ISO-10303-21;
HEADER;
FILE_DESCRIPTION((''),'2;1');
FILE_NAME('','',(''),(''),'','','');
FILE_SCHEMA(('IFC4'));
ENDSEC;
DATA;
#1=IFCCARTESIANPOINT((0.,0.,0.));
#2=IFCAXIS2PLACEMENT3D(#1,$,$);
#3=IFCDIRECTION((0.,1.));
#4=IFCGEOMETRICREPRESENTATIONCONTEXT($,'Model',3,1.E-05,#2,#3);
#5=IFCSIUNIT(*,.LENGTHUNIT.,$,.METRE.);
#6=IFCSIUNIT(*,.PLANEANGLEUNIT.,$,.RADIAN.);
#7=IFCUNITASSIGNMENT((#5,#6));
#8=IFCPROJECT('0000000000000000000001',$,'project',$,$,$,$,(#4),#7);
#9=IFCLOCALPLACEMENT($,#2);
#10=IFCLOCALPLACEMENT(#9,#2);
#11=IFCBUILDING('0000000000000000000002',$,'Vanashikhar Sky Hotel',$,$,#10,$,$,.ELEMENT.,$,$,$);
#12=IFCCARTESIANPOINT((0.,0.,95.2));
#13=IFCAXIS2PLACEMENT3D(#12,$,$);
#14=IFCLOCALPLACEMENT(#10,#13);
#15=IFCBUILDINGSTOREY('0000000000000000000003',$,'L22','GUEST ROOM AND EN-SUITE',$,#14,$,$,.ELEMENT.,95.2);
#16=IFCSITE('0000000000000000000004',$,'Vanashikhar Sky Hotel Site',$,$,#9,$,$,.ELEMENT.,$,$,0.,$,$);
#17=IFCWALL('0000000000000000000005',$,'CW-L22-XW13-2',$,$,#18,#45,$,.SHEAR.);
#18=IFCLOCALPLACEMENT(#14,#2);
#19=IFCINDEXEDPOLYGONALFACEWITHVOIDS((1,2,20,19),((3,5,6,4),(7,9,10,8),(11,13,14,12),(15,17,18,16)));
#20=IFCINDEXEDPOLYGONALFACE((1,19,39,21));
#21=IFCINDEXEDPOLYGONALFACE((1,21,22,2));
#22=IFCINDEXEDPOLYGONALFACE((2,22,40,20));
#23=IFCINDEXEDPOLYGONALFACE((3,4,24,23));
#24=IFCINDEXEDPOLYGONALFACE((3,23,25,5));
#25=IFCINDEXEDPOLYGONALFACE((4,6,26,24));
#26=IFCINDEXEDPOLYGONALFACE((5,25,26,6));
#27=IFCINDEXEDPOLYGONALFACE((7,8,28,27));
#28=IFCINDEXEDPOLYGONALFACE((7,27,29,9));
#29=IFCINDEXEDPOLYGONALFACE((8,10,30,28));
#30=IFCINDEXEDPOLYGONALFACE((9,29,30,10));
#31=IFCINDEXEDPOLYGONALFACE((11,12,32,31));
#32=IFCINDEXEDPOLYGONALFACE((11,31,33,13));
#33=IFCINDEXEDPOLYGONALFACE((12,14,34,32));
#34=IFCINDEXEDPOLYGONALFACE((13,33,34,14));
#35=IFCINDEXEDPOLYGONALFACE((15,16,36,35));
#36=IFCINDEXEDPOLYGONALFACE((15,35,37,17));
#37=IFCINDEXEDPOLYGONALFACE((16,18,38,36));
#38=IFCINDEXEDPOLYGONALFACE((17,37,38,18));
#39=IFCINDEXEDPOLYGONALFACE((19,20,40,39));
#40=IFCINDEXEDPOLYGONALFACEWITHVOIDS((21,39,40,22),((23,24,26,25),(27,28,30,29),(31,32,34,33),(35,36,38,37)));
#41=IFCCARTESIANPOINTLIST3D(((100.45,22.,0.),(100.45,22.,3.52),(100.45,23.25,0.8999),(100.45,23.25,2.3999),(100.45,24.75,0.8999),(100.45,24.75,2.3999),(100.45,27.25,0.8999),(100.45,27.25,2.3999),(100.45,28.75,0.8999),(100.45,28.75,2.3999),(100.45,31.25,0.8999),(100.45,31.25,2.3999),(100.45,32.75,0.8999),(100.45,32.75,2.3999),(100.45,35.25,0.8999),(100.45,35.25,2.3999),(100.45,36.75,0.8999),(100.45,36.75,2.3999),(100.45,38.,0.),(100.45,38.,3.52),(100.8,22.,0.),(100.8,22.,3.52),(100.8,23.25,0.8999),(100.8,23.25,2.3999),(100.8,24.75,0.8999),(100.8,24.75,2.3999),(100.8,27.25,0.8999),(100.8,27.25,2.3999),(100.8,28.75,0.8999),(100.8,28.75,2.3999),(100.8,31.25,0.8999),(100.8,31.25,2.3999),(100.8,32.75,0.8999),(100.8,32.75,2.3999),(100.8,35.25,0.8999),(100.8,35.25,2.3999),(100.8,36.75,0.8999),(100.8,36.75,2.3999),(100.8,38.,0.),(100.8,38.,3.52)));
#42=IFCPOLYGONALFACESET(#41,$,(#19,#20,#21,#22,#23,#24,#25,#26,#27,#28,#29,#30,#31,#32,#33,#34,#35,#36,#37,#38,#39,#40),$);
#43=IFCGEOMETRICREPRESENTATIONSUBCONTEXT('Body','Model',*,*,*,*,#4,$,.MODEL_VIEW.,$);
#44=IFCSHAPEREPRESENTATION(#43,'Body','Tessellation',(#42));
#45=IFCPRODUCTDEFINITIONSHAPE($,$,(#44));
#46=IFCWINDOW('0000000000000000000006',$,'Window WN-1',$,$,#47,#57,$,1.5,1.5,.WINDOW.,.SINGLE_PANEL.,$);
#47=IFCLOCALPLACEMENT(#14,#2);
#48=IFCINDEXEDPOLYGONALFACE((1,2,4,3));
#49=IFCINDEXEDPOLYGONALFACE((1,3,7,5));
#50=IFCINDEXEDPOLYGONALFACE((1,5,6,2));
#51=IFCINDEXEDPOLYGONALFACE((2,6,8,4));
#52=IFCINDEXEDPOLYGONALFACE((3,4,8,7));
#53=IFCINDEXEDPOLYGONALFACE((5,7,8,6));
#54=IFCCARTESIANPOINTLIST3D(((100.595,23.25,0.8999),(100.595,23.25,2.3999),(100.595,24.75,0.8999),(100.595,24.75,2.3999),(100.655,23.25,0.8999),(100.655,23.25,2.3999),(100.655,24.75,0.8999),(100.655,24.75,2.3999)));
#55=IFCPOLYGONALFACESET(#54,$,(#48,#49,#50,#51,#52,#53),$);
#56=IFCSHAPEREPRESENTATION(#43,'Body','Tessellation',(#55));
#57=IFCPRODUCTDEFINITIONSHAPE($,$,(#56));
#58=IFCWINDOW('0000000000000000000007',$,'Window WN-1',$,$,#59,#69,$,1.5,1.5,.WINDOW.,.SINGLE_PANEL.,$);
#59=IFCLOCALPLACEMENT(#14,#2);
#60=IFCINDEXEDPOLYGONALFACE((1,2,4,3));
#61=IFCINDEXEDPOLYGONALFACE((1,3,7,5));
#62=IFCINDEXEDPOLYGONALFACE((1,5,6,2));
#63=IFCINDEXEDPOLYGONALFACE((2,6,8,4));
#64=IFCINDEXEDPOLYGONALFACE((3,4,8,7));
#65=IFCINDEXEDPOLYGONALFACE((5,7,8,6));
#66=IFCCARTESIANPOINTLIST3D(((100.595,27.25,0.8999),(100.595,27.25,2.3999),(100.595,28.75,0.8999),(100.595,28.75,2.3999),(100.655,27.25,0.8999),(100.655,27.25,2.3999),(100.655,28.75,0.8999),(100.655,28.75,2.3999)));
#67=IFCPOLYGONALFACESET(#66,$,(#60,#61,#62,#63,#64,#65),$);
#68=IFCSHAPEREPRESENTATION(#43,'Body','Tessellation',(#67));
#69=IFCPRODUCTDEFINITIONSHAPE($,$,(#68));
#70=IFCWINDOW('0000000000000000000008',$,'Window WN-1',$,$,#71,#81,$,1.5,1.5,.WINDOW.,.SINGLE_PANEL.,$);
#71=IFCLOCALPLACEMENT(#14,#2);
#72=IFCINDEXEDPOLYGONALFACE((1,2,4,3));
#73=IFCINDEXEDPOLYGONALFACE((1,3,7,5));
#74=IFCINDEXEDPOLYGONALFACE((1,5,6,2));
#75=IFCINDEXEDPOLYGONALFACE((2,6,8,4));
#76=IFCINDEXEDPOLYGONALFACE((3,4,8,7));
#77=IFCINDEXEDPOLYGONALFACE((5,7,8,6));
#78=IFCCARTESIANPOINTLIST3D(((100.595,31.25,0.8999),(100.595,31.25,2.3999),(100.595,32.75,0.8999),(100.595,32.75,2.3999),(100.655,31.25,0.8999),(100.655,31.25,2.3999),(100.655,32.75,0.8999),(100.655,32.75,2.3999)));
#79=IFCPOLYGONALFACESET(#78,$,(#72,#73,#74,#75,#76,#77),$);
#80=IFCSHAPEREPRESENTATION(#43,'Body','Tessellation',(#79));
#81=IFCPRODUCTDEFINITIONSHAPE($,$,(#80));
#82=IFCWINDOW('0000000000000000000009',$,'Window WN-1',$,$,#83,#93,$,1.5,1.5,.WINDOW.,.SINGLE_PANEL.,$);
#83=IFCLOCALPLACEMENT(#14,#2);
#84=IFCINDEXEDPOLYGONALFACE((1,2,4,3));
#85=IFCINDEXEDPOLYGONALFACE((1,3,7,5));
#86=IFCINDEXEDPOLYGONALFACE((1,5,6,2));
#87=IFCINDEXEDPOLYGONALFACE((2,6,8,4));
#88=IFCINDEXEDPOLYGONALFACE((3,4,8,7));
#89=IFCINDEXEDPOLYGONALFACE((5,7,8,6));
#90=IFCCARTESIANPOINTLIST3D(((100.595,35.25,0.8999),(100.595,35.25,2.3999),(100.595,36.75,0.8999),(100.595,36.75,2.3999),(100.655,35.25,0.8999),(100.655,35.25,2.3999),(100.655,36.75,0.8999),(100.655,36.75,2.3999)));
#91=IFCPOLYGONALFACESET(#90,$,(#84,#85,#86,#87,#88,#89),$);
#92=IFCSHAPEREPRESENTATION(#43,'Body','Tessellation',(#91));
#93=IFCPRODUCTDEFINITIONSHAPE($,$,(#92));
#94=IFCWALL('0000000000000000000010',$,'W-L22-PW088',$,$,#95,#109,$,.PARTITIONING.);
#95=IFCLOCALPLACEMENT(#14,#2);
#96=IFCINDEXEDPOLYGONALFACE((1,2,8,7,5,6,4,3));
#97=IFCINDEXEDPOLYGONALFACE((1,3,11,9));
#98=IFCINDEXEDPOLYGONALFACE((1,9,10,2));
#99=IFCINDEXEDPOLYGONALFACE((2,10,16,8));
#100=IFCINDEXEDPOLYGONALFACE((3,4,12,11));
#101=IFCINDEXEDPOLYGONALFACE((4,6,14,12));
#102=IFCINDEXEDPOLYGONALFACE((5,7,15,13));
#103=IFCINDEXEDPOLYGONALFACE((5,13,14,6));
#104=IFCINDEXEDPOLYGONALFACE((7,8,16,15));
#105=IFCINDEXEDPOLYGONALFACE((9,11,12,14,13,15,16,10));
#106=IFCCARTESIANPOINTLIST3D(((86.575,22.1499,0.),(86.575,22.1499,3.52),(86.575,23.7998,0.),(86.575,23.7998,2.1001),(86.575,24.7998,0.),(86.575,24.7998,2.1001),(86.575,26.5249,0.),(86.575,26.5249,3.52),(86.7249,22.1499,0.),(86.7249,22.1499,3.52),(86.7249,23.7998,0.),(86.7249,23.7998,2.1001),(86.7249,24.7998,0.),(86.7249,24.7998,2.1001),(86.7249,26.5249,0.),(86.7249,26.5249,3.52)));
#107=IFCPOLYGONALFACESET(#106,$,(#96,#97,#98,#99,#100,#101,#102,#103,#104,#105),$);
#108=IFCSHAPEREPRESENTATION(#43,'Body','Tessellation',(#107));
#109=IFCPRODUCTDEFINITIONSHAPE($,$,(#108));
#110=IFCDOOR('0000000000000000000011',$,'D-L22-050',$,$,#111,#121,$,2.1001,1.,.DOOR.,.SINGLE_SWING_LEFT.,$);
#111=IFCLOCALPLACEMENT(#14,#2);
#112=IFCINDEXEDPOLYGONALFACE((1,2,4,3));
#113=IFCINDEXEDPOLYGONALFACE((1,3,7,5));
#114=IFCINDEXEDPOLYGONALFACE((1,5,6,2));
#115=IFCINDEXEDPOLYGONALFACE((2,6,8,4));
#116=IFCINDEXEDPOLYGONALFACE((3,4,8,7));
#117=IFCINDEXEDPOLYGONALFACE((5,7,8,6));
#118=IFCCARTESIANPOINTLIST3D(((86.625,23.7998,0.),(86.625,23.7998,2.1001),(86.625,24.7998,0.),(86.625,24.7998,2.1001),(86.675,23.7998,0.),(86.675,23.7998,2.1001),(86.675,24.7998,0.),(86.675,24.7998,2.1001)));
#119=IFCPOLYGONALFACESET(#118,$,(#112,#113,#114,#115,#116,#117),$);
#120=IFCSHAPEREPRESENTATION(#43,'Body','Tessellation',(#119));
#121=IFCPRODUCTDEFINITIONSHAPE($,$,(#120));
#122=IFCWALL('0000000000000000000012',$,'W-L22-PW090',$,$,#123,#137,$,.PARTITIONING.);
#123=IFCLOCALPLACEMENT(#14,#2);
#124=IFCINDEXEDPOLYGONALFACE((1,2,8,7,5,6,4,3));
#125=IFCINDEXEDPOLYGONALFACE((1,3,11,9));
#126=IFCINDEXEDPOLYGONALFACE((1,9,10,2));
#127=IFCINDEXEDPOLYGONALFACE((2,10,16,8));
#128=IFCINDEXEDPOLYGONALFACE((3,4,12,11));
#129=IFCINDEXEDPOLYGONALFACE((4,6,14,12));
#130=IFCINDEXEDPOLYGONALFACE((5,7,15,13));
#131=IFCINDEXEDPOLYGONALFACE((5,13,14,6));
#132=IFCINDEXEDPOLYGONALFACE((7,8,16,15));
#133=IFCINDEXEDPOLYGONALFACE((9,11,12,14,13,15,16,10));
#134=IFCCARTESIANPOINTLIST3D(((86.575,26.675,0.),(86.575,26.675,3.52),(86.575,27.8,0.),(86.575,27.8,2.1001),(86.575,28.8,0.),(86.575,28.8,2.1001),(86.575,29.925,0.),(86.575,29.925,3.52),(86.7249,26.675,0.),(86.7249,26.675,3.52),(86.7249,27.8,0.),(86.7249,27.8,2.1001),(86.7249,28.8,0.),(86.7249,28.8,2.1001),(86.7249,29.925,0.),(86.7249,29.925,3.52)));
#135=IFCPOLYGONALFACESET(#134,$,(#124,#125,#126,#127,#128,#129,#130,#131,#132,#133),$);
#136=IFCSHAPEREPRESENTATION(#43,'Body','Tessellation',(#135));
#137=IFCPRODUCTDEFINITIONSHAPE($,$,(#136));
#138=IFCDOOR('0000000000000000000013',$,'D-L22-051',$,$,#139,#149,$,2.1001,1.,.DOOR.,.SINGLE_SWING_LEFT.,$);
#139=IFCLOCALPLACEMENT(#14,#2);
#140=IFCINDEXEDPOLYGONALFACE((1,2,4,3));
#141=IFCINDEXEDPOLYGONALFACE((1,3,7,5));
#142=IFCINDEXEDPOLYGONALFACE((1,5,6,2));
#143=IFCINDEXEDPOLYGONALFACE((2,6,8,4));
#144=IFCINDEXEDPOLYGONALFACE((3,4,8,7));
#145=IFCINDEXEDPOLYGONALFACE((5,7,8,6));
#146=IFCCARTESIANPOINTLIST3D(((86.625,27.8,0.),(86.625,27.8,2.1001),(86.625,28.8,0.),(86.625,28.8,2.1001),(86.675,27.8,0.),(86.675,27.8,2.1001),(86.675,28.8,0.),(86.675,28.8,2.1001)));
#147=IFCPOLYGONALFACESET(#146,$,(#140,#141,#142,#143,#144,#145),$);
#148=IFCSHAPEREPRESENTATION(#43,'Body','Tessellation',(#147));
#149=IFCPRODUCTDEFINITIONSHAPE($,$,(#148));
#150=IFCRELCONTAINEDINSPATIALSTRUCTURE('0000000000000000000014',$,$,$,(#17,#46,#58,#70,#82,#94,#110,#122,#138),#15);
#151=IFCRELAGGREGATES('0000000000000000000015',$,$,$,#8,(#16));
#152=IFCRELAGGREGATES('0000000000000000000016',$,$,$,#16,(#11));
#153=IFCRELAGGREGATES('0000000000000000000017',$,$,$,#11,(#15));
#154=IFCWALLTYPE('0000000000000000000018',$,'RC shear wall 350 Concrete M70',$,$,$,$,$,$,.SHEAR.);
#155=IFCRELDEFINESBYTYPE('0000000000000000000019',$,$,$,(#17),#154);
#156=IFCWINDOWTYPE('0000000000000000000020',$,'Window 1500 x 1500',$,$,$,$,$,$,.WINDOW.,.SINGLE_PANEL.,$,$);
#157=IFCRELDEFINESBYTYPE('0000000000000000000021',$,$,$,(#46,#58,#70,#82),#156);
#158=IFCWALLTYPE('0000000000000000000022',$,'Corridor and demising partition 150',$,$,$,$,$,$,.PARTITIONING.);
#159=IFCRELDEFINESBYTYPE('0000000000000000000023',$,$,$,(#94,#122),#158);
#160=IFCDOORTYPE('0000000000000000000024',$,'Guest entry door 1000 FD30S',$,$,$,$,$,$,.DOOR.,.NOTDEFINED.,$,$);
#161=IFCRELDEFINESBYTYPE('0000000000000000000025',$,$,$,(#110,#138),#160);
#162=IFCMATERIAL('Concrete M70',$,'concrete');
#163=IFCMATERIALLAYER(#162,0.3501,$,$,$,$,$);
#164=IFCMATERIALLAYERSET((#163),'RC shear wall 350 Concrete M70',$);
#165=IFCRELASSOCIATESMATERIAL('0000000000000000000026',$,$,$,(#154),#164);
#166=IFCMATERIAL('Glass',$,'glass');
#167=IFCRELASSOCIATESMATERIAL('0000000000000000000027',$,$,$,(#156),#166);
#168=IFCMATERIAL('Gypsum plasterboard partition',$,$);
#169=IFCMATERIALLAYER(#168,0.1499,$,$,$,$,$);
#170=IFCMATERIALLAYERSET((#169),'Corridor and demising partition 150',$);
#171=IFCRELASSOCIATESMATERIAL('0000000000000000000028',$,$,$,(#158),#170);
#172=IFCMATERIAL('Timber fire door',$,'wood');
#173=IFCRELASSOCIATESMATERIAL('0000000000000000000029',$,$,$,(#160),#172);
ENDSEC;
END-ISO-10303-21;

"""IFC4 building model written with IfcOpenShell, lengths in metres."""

from ifc_helpers import new_model, si_unit, direction, frame, frame_2d, origin, place, context, subcontext, project, spatial, rectangle, extrude, source, transform, mapped, material, layer, layer_set, type_object, element, fill, save


model = new_model("IFC4")

# Units and contexts
model_context = context("Model", 3, precision=1e-05, world=origin(), true_north=direction((0.0, 1.0)))
body_context = subcontext(model_context, "Body", "Model", "MODEL_VIEW")
ifc_project = project(units=[si_unit("LENGTHUNIT", "METRE"), si_unit("PLANEANGLEUNIT", "RADIAN")], contexts=[model_context])

# Site, building, storey
site_placement = place(None, origin())
site = spatial("IfcSite", under=ifc_project, at=site_placement, Name="Vanashikhar Sky Hotel Site", CompositionType="ELEMENT", RefElevation=0.0)
building_placement = place(site_placement, origin())
building = spatial("IfcBuilding", under=site, at=building_placement, Name="Vanashikhar Sky Hotel", CompositionType="ELEMENT")
storey_placement = place(building_placement, frame((0.0, 0.0, 95.2)))
storey = spatial("IfcBuildingStorey", under=building, at=storey_placement, Name="L22", Description="GUEST ROOM AND EN-SUITE", CompositionType="ELEMENT", Elevation=95.2)

# Wall, openings, windows
ifc_material_1 = material(Name="Concrete M70", Category="concrete")
ifc_layer_1 = layer(ifc_material_1, 0.3501)
ifc_layer_set_1 = layer_set([ifc_layer_1], Name="RC shear wall 350 Concrete M70")
wall_type_1 = type_object("IfcWallType", Name="RC shear wall 350 Concrete M70", PredefinedType="SHEAR", material=ifc_layer_set_1)
shared_shape_1 = source(origin(), body_context, "Body", "SweptSolid", [
    extrude(rectangle(XDim=16.0, YDim=0.3501, at=frame_2d((8.0, 0.0))), origin(), (0.0, 0.0, 1.0), 3.52),
])
wall_1_placement = place(storey_placement, frame((100.625, 22.0, 0.0), z_axis=(0.0, 0.0, 1.0), x_axis=(0.0, 1.0, 0.0)))
wall_1 = element("IfcWall", 1, at=wall_1_placement, inside=storey, type_object=wall_type_1, Name="CW-L22-XW13-2", PredefinedType="SHEAR", context=body_context, shape_type="MappedRepresentation", body=[
    mapped(shared_shape_1, transform((0.0, 0.0, 0.0), scale=1.0)),
])
shared_shape_2 = source(origin(), body_context, "Body", "SweptSolid", [
    extrude(rectangle(XDim=1.5, YDim=1.5, at=frame_2d((0.75, 0.75))), frame((0.0, 0.1851, 0.0), z_axis=(0.0, -1.0, 0.0), x_axis=(1.0, 0.0, 0.0)), (0.0, 0.0, 1.0), 0.3701),
])
opening_1_placement = place(wall_1_placement, frame((1.25, 0.0, 0.8999)))
opening_1 = element("IfcOpeningElement", 2, at=opening_1_placement, cuts=wall_1, PredefinedType="OPENING", context=body_context, shape_type="MappedRepresentation", body=[
    mapped(shared_shape_2, transform((0.0, 0.0, 0.0), scale=1.0)),
])
opening_2_placement = place(wall_1_placement, frame((5.25, 0.0, 0.8999)))
opening_2 = element("IfcOpeningElement", 3, at=opening_2_placement, cuts=wall_1, PredefinedType="OPENING", context=body_context, shape_type="MappedRepresentation", body=[
    mapped(shared_shape_2, transform((0.0, 0.0, 0.0), scale=1.0)),
])
opening_3_placement = place(wall_1_placement, frame((9.25, 0.0, 0.8999)))
opening_3 = element("IfcOpeningElement", 4, at=opening_3_placement, cuts=wall_1, PredefinedType="OPENING", context=body_context, shape_type="MappedRepresentation", body=[
    mapped(shared_shape_2, transform((0.0, 0.0, 0.0), scale=1.0)),
])
opening_4_placement = place(wall_1_placement, frame((13.25, 0.0, 0.8999)))
opening_4 = element("IfcOpeningElement", 5, at=opening_4_placement, cuts=wall_1, PredefinedType="OPENING", context=body_context, shape_type="MappedRepresentation", body=[
    mapped(shared_shape_2, transform((0.0, 0.0, 0.0), scale=1.0)),
])
ifc_material_2 = material(Name="Glass", Category="glass")
window_type = type_object("IfcWindowType", Name="Window 1500 x 1500", PartitioningType="SINGLE_PANEL", PredefinedType="WINDOW", material=ifc_material_2)
shared_shape_3 = source(origin(), body_context, "Body", "SweptSolid", [
    extrude(rectangle(XDim=1.5, YDim=1.5, at=frame_2d((0.75, 0.75))), frame((0.0, 0.03, 0.0), z_axis=(0.0, -1.0, 0.0), x_axis=(1.0, 0.0, 0.0)), (0.0, 0.0, 1.0), 0.0601),
])
window_1_placement = place(opening_1_placement, origin())
window_1 = element("IfcWindow", 6, at=window_1_placement, inside=storey, type_object=window_type, Name="Window WN-1", OverallHeight=1.5, OverallWidth=1.5, PartitioningType="SINGLE_PANEL", PredefinedType="WINDOW", context=body_context, shape_type="MappedRepresentation", body=[
    mapped(shared_shape_3, transform((0.0, 0.0, 0.0), scale=1.0)),
])
fill(opening_1, window_1)
window_2_placement = place(opening_2_placement, origin())
window_2 = element("IfcWindow", 7, at=window_2_placement, inside=storey, type_object=window_type, Name="Window WN-1", OverallHeight=1.5, OverallWidth=1.5, PartitioningType="SINGLE_PANEL", PredefinedType="WINDOW", context=body_context, shape_type="MappedRepresentation", body=[
    mapped(shared_shape_3, transform((0.0, 0.0, 0.0), scale=1.0)),
])
fill(opening_2, window_2)
window_3_placement = place(opening_3_placement, origin())
window_3 = element("IfcWindow", 8, at=window_3_placement, inside=storey, type_object=window_type, Name="Window WN-1", OverallHeight=1.5, OverallWidth=1.5, PartitioningType="SINGLE_PANEL", PredefinedType="WINDOW", context=body_context, shape_type="MappedRepresentation", body=[
    mapped(shared_shape_3, transform((0.0, 0.0, 0.0), scale=1.0)),
])
fill(opening_3, window_3)
window_4_placement = place(opening_4_placement, origin())
window_4 = element("IfcWindow", 9, at=window_4_placement, inside=storey, type_object=window_type, Name="Window WN-1", OverallHeight=1.5, OverallWidth=1.5, PartitioningType="SINGLE_PANEL", PredefinedType="WINDOW", context=body_context, shape_type="MappedRepresentation", body=[
    mapped(shared_shape_3, transform((0.0, 0.0, 0.0), scale=1.0)),
])
fill(opening_4, window_4)

# Walls, openings, doors
ifc_material_3 = material(Name="Gypsum plasterboard partition")
ifc_layer_2 = layer(ifc_material_3, 0.1499)
ifc_layer_set_2 = layer_set([ifc_layer_2], Name="Corridor and demising partition 150")
wall_type_2 = type_object("IfcWallType", Name="Corridor and demising partition 150", PredefinedType="PARTITIONING", material=ifc_layer_set_2)
shared_shape_4 = source(origin(), body_context, "Body", "SweptSolid", [
    extrude(rectangle(XDim=4.375, YDim=0.1499, at=frame_2d((2.1875, 0.0))), origin(), (0.0, 0.0, 1.0), 3.52),
])
wall_2_placement = place(storey_placement, frame((86.6499, 22.1499, 0.0), z_axis=(0.0, 0.0, 1.0), x_axis=(0.0, 1.0, 0.0)))
wall_2 = element("IfcWall", 10, at=wall_2_placement, inside=storey, type_object=wall_type_2, Name="W-L22-PW088", PredefinedType="PARTITIONING", context=body_context, shape_type="MappedRepresentation", body=[
    mapped(shared_shape_4, transform((0.0, 0.0, 0.0), scale=1.0)),
])
shared_shape_5 = source(origin(), body_context, "Body", "SweptSolid", [
    extrude(rectangle(XDim=1.0, YDim=2.1001, at=frame_2d((0.5, 1.05))), frame((0.0, 0.085, 0.0), z_axis=(0.0, -1.0, 0.0), x_axis=(1.0, 0.0, 0.0)), (0.0, 0.0, 1.0), 0.1699),
])
opening_5_placement = place(wall_2_placement, frame((1.6499, 0.0, 0.0)))
opening_5 = element("IfcOpeningElement", 11, at=opening_5_placement, cuts=wall_2, PredefinedType="OPENING", context=body_context, shape_type="MappedRepresentation", body=[
    mapped(shared_shape_5, transform((0.0, 0.0, 0.0), scale=1.0)),
])
ifc_material_4 = material(Name="Timber fire door", Category="wood")
door_type_1 = type_object("IfcDoorType", Name="Guest entry door 1000 FD30S", OperationType="NOTDEFINED", PredefinedType="DOOR", material=ifc_material_4)
shared_shape_6 = source(origin(), body_context, "Body", "SweptSolid", [
    extrude(rectangle(XDim=1.0, YDim=2.1001, at=frame_2d((0.5, 1.05))), frame((0.0, 0.0249, 0.0), z_axis=(0.0, -1.0, 0.0), x_axis=(1.0, 0.0, 0.0)), (0.0, 0.0, 1.0), 0.05),
])
door_1_placement = place(opening_5_placement, origin())
door_1 = element("IfcDoor", 12, at=door_1_placement, inside=storey, type_object=door_type_1, Name="D-L22-050", OperationType="SINGLE_SWING_LEFT", OverallHeight=2.1001, OverallWidth=1.0, PredefinedType="DOOR", context=body_context, shape_type="MappedRepresentation", body=[
    mapped(shared_shape_6, transform((0.0, 0.0, 0.0), scale=1.0)),
])
fill(opening_5, door_1)
shared_shape_7 = source(origin(), body_context, "Body", "SweptSolid", [
    extrude(rectangle(XDim=3.25, YDim=0.1499, at=frame_2d((1.625, 0.0))), origin(), (0.0, 0.0, 1.0), 3.52),
])
wall_3_placement = place(storey_placement, frame((86.6499, 26.675, 0.0), z_axis=(0.0, 0.0, 1.0), x_axis=(0.0, 1.0, 0.0)))
wall_3 = element("IfcWall", 13, at=wall_3_placement, inside=storey, type_object=wall_type_2, Name="W-L22-PW090", PredefinedType="PARTITIONING", context=body_context, shape_type="MappedRepresentation", body=[
    mapped(shared_shape_7, transform((0.0, 0.0, 0.0), scale=1.0)),
])
opening_6_placement = place(wall_3_placement, frame((1.125, 0.0, 0.0)))
opening_6 = element("IfcOpeningElement", 14, at=opening_6_placement, cuts=wall_3, PredefinedType="OPENING", context=body_context, shape_type="MappedRepresentation", body=[
    mapped(shared_shape_5, transform((0.0, 0.0, 0.0), scale=1.0)),
])
door_2_placement = place(opening_6_placement, origin())
door_2 = element("IfcDoor", 15, at=door_2_placement, inside=storey, type_object=door_type_1, Name="D-L22-051", OperationType="SINGLE_SWING_LEFT", OverallHeight=2.1001, OverallWidth=1.0, PredefinedType="DOOR", context=body_context, shape_type="MappedRepresentation", body=[
    mapped(shared_shape_6, transform((0.0, 0.0, 0.0), scale=1.0)),
])
fill(opening_6, door_2)

save(model, "model.ifc")
